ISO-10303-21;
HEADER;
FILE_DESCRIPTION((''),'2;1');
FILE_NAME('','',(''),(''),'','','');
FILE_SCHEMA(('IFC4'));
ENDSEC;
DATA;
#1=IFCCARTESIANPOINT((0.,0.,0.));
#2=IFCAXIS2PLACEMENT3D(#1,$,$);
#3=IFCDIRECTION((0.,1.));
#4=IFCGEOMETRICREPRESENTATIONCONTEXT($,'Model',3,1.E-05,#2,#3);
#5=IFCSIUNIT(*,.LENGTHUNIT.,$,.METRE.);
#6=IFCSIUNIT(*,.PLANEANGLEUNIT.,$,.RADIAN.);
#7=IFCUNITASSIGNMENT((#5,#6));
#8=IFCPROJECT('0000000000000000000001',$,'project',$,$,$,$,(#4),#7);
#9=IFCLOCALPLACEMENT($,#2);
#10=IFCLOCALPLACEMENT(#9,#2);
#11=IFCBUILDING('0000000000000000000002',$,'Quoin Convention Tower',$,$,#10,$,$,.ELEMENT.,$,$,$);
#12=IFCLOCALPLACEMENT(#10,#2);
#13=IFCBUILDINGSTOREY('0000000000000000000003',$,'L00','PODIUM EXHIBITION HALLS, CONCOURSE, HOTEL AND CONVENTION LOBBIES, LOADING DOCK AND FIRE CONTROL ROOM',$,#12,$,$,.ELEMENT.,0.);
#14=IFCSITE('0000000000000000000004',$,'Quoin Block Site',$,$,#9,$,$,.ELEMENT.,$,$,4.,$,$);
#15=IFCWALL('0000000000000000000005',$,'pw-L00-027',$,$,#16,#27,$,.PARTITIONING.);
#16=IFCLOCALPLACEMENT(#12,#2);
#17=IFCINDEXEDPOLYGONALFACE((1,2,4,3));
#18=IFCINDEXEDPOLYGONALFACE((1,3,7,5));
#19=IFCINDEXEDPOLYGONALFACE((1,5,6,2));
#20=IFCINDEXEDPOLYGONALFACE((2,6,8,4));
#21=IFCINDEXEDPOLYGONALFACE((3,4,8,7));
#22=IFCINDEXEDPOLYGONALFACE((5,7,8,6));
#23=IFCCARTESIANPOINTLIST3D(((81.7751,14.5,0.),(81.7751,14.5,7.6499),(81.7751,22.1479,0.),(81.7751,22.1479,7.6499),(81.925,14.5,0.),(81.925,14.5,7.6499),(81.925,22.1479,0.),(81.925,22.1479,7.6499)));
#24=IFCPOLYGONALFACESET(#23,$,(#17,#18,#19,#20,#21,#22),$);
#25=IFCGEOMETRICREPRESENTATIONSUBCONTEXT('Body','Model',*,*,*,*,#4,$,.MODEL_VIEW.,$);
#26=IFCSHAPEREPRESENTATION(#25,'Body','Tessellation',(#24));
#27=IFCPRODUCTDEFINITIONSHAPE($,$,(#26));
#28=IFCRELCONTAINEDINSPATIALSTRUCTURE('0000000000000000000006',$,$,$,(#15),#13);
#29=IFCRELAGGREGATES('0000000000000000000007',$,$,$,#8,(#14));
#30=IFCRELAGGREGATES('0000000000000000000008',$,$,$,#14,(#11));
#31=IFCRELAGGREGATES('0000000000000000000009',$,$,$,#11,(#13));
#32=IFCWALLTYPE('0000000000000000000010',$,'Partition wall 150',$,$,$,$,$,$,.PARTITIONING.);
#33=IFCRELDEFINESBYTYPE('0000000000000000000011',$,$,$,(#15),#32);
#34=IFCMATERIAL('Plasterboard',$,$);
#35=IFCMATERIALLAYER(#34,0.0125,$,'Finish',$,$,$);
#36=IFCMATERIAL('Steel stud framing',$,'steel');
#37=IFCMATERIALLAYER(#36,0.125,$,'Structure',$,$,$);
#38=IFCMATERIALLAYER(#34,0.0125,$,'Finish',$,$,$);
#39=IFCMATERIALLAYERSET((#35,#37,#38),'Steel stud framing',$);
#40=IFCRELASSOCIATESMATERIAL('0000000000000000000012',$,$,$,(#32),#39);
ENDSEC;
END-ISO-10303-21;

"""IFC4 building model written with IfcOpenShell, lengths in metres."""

from ifc_helpers import new_model, si_unit, direction, frame, frame_2d, origin, place, context, subcontext, project, spatial, rectangle, extrude, material, layer, layer_set, type_object, element, save


model = new_model("IFC4")

# Units and contexts
model_context = context("Model", 3, precision=1e-05, world=origin(), true_north=direction((0.0, 1.0)))
body_context = subcontext(model_context, "Body", "Model", "MODEL_VIEW")
ifc_project = project(units=[si_unit("LENGTHUNIT", "METRE"), si_unit("PLANEANGLEUNIT", "RADIAN")], contexts=[model_context])

# Site, building, storey
site_placement = place(None, origin())
site = spatial("IfcSite", under=ifc_project, at=site_placement, Name="Quoin Block Site", CompositionType="ELEMENT", RefElevation=4.0)
building_placement = place(site_placement, origin())
building = spatial("IfcBuilding", under=site, at=building_placement, Name="Quoin Convention Tower", CompositionType="ELEMENT")
storey_placement = place(building_placement, origin())
storey = spatial("IfcBuildingStorey", under=building, at=storey_placement, Name="L00", Description="PODIUM EXHIBITION HALLS, CONCOURSE, HOTEL AND CONVENTION LOBBIES, LOADING DOCK AND FIRE CONTROL ROOM", CompositionType="ELEMENT", Elevation=0.0)

# Shared definitions
ifc_material_1 = material(Name="Plasterboard")
ifc_layer_1 = layer(ifc_material_1, 0.0125, Name="Finish")
ifc_material_2 = material(Name="Steel stud framing", Category="steel")
ifc_layer_2 = layer(ifc_material_2, 0.125, Name="Structure")
ifc_layer_3 = layer(ifc_material_1, 0.0125, Name="Finish")
ifc_layer_set_1 = layer_set([ifc_layer_1, ifc_layer_2, ifc_layer_3], Name="Steel stud framing")
wall_type_1 = type_object("IfcWallType", Name="Partition wall 150", PredefinedType="PARTITIONING", material=ifc_layer_set_1)

# Wall
wall_1_placement = place(storey_placement, frame((81.8501, 14.5, 0.0), z_axis=(0.0, 0.0, 1.0), x_axis=(0.0, 1.0, 0.0)))
element("IfcWall", 1, at=wall_1_placement, inside=storey, type_object=wall_type_1, Name="pw-L00-027", PredefinedType="PARTITIONING", context=body_context, shape_type="SweptSolid", body=[
    extrude(rectangle(XDim=7.6479, YDim=0.1499, at=frame_2d((3.824, 0.0))), origin(), (0.0, 0.0, 1.0), 7.6499),
])

save(model, "model.ifc")
